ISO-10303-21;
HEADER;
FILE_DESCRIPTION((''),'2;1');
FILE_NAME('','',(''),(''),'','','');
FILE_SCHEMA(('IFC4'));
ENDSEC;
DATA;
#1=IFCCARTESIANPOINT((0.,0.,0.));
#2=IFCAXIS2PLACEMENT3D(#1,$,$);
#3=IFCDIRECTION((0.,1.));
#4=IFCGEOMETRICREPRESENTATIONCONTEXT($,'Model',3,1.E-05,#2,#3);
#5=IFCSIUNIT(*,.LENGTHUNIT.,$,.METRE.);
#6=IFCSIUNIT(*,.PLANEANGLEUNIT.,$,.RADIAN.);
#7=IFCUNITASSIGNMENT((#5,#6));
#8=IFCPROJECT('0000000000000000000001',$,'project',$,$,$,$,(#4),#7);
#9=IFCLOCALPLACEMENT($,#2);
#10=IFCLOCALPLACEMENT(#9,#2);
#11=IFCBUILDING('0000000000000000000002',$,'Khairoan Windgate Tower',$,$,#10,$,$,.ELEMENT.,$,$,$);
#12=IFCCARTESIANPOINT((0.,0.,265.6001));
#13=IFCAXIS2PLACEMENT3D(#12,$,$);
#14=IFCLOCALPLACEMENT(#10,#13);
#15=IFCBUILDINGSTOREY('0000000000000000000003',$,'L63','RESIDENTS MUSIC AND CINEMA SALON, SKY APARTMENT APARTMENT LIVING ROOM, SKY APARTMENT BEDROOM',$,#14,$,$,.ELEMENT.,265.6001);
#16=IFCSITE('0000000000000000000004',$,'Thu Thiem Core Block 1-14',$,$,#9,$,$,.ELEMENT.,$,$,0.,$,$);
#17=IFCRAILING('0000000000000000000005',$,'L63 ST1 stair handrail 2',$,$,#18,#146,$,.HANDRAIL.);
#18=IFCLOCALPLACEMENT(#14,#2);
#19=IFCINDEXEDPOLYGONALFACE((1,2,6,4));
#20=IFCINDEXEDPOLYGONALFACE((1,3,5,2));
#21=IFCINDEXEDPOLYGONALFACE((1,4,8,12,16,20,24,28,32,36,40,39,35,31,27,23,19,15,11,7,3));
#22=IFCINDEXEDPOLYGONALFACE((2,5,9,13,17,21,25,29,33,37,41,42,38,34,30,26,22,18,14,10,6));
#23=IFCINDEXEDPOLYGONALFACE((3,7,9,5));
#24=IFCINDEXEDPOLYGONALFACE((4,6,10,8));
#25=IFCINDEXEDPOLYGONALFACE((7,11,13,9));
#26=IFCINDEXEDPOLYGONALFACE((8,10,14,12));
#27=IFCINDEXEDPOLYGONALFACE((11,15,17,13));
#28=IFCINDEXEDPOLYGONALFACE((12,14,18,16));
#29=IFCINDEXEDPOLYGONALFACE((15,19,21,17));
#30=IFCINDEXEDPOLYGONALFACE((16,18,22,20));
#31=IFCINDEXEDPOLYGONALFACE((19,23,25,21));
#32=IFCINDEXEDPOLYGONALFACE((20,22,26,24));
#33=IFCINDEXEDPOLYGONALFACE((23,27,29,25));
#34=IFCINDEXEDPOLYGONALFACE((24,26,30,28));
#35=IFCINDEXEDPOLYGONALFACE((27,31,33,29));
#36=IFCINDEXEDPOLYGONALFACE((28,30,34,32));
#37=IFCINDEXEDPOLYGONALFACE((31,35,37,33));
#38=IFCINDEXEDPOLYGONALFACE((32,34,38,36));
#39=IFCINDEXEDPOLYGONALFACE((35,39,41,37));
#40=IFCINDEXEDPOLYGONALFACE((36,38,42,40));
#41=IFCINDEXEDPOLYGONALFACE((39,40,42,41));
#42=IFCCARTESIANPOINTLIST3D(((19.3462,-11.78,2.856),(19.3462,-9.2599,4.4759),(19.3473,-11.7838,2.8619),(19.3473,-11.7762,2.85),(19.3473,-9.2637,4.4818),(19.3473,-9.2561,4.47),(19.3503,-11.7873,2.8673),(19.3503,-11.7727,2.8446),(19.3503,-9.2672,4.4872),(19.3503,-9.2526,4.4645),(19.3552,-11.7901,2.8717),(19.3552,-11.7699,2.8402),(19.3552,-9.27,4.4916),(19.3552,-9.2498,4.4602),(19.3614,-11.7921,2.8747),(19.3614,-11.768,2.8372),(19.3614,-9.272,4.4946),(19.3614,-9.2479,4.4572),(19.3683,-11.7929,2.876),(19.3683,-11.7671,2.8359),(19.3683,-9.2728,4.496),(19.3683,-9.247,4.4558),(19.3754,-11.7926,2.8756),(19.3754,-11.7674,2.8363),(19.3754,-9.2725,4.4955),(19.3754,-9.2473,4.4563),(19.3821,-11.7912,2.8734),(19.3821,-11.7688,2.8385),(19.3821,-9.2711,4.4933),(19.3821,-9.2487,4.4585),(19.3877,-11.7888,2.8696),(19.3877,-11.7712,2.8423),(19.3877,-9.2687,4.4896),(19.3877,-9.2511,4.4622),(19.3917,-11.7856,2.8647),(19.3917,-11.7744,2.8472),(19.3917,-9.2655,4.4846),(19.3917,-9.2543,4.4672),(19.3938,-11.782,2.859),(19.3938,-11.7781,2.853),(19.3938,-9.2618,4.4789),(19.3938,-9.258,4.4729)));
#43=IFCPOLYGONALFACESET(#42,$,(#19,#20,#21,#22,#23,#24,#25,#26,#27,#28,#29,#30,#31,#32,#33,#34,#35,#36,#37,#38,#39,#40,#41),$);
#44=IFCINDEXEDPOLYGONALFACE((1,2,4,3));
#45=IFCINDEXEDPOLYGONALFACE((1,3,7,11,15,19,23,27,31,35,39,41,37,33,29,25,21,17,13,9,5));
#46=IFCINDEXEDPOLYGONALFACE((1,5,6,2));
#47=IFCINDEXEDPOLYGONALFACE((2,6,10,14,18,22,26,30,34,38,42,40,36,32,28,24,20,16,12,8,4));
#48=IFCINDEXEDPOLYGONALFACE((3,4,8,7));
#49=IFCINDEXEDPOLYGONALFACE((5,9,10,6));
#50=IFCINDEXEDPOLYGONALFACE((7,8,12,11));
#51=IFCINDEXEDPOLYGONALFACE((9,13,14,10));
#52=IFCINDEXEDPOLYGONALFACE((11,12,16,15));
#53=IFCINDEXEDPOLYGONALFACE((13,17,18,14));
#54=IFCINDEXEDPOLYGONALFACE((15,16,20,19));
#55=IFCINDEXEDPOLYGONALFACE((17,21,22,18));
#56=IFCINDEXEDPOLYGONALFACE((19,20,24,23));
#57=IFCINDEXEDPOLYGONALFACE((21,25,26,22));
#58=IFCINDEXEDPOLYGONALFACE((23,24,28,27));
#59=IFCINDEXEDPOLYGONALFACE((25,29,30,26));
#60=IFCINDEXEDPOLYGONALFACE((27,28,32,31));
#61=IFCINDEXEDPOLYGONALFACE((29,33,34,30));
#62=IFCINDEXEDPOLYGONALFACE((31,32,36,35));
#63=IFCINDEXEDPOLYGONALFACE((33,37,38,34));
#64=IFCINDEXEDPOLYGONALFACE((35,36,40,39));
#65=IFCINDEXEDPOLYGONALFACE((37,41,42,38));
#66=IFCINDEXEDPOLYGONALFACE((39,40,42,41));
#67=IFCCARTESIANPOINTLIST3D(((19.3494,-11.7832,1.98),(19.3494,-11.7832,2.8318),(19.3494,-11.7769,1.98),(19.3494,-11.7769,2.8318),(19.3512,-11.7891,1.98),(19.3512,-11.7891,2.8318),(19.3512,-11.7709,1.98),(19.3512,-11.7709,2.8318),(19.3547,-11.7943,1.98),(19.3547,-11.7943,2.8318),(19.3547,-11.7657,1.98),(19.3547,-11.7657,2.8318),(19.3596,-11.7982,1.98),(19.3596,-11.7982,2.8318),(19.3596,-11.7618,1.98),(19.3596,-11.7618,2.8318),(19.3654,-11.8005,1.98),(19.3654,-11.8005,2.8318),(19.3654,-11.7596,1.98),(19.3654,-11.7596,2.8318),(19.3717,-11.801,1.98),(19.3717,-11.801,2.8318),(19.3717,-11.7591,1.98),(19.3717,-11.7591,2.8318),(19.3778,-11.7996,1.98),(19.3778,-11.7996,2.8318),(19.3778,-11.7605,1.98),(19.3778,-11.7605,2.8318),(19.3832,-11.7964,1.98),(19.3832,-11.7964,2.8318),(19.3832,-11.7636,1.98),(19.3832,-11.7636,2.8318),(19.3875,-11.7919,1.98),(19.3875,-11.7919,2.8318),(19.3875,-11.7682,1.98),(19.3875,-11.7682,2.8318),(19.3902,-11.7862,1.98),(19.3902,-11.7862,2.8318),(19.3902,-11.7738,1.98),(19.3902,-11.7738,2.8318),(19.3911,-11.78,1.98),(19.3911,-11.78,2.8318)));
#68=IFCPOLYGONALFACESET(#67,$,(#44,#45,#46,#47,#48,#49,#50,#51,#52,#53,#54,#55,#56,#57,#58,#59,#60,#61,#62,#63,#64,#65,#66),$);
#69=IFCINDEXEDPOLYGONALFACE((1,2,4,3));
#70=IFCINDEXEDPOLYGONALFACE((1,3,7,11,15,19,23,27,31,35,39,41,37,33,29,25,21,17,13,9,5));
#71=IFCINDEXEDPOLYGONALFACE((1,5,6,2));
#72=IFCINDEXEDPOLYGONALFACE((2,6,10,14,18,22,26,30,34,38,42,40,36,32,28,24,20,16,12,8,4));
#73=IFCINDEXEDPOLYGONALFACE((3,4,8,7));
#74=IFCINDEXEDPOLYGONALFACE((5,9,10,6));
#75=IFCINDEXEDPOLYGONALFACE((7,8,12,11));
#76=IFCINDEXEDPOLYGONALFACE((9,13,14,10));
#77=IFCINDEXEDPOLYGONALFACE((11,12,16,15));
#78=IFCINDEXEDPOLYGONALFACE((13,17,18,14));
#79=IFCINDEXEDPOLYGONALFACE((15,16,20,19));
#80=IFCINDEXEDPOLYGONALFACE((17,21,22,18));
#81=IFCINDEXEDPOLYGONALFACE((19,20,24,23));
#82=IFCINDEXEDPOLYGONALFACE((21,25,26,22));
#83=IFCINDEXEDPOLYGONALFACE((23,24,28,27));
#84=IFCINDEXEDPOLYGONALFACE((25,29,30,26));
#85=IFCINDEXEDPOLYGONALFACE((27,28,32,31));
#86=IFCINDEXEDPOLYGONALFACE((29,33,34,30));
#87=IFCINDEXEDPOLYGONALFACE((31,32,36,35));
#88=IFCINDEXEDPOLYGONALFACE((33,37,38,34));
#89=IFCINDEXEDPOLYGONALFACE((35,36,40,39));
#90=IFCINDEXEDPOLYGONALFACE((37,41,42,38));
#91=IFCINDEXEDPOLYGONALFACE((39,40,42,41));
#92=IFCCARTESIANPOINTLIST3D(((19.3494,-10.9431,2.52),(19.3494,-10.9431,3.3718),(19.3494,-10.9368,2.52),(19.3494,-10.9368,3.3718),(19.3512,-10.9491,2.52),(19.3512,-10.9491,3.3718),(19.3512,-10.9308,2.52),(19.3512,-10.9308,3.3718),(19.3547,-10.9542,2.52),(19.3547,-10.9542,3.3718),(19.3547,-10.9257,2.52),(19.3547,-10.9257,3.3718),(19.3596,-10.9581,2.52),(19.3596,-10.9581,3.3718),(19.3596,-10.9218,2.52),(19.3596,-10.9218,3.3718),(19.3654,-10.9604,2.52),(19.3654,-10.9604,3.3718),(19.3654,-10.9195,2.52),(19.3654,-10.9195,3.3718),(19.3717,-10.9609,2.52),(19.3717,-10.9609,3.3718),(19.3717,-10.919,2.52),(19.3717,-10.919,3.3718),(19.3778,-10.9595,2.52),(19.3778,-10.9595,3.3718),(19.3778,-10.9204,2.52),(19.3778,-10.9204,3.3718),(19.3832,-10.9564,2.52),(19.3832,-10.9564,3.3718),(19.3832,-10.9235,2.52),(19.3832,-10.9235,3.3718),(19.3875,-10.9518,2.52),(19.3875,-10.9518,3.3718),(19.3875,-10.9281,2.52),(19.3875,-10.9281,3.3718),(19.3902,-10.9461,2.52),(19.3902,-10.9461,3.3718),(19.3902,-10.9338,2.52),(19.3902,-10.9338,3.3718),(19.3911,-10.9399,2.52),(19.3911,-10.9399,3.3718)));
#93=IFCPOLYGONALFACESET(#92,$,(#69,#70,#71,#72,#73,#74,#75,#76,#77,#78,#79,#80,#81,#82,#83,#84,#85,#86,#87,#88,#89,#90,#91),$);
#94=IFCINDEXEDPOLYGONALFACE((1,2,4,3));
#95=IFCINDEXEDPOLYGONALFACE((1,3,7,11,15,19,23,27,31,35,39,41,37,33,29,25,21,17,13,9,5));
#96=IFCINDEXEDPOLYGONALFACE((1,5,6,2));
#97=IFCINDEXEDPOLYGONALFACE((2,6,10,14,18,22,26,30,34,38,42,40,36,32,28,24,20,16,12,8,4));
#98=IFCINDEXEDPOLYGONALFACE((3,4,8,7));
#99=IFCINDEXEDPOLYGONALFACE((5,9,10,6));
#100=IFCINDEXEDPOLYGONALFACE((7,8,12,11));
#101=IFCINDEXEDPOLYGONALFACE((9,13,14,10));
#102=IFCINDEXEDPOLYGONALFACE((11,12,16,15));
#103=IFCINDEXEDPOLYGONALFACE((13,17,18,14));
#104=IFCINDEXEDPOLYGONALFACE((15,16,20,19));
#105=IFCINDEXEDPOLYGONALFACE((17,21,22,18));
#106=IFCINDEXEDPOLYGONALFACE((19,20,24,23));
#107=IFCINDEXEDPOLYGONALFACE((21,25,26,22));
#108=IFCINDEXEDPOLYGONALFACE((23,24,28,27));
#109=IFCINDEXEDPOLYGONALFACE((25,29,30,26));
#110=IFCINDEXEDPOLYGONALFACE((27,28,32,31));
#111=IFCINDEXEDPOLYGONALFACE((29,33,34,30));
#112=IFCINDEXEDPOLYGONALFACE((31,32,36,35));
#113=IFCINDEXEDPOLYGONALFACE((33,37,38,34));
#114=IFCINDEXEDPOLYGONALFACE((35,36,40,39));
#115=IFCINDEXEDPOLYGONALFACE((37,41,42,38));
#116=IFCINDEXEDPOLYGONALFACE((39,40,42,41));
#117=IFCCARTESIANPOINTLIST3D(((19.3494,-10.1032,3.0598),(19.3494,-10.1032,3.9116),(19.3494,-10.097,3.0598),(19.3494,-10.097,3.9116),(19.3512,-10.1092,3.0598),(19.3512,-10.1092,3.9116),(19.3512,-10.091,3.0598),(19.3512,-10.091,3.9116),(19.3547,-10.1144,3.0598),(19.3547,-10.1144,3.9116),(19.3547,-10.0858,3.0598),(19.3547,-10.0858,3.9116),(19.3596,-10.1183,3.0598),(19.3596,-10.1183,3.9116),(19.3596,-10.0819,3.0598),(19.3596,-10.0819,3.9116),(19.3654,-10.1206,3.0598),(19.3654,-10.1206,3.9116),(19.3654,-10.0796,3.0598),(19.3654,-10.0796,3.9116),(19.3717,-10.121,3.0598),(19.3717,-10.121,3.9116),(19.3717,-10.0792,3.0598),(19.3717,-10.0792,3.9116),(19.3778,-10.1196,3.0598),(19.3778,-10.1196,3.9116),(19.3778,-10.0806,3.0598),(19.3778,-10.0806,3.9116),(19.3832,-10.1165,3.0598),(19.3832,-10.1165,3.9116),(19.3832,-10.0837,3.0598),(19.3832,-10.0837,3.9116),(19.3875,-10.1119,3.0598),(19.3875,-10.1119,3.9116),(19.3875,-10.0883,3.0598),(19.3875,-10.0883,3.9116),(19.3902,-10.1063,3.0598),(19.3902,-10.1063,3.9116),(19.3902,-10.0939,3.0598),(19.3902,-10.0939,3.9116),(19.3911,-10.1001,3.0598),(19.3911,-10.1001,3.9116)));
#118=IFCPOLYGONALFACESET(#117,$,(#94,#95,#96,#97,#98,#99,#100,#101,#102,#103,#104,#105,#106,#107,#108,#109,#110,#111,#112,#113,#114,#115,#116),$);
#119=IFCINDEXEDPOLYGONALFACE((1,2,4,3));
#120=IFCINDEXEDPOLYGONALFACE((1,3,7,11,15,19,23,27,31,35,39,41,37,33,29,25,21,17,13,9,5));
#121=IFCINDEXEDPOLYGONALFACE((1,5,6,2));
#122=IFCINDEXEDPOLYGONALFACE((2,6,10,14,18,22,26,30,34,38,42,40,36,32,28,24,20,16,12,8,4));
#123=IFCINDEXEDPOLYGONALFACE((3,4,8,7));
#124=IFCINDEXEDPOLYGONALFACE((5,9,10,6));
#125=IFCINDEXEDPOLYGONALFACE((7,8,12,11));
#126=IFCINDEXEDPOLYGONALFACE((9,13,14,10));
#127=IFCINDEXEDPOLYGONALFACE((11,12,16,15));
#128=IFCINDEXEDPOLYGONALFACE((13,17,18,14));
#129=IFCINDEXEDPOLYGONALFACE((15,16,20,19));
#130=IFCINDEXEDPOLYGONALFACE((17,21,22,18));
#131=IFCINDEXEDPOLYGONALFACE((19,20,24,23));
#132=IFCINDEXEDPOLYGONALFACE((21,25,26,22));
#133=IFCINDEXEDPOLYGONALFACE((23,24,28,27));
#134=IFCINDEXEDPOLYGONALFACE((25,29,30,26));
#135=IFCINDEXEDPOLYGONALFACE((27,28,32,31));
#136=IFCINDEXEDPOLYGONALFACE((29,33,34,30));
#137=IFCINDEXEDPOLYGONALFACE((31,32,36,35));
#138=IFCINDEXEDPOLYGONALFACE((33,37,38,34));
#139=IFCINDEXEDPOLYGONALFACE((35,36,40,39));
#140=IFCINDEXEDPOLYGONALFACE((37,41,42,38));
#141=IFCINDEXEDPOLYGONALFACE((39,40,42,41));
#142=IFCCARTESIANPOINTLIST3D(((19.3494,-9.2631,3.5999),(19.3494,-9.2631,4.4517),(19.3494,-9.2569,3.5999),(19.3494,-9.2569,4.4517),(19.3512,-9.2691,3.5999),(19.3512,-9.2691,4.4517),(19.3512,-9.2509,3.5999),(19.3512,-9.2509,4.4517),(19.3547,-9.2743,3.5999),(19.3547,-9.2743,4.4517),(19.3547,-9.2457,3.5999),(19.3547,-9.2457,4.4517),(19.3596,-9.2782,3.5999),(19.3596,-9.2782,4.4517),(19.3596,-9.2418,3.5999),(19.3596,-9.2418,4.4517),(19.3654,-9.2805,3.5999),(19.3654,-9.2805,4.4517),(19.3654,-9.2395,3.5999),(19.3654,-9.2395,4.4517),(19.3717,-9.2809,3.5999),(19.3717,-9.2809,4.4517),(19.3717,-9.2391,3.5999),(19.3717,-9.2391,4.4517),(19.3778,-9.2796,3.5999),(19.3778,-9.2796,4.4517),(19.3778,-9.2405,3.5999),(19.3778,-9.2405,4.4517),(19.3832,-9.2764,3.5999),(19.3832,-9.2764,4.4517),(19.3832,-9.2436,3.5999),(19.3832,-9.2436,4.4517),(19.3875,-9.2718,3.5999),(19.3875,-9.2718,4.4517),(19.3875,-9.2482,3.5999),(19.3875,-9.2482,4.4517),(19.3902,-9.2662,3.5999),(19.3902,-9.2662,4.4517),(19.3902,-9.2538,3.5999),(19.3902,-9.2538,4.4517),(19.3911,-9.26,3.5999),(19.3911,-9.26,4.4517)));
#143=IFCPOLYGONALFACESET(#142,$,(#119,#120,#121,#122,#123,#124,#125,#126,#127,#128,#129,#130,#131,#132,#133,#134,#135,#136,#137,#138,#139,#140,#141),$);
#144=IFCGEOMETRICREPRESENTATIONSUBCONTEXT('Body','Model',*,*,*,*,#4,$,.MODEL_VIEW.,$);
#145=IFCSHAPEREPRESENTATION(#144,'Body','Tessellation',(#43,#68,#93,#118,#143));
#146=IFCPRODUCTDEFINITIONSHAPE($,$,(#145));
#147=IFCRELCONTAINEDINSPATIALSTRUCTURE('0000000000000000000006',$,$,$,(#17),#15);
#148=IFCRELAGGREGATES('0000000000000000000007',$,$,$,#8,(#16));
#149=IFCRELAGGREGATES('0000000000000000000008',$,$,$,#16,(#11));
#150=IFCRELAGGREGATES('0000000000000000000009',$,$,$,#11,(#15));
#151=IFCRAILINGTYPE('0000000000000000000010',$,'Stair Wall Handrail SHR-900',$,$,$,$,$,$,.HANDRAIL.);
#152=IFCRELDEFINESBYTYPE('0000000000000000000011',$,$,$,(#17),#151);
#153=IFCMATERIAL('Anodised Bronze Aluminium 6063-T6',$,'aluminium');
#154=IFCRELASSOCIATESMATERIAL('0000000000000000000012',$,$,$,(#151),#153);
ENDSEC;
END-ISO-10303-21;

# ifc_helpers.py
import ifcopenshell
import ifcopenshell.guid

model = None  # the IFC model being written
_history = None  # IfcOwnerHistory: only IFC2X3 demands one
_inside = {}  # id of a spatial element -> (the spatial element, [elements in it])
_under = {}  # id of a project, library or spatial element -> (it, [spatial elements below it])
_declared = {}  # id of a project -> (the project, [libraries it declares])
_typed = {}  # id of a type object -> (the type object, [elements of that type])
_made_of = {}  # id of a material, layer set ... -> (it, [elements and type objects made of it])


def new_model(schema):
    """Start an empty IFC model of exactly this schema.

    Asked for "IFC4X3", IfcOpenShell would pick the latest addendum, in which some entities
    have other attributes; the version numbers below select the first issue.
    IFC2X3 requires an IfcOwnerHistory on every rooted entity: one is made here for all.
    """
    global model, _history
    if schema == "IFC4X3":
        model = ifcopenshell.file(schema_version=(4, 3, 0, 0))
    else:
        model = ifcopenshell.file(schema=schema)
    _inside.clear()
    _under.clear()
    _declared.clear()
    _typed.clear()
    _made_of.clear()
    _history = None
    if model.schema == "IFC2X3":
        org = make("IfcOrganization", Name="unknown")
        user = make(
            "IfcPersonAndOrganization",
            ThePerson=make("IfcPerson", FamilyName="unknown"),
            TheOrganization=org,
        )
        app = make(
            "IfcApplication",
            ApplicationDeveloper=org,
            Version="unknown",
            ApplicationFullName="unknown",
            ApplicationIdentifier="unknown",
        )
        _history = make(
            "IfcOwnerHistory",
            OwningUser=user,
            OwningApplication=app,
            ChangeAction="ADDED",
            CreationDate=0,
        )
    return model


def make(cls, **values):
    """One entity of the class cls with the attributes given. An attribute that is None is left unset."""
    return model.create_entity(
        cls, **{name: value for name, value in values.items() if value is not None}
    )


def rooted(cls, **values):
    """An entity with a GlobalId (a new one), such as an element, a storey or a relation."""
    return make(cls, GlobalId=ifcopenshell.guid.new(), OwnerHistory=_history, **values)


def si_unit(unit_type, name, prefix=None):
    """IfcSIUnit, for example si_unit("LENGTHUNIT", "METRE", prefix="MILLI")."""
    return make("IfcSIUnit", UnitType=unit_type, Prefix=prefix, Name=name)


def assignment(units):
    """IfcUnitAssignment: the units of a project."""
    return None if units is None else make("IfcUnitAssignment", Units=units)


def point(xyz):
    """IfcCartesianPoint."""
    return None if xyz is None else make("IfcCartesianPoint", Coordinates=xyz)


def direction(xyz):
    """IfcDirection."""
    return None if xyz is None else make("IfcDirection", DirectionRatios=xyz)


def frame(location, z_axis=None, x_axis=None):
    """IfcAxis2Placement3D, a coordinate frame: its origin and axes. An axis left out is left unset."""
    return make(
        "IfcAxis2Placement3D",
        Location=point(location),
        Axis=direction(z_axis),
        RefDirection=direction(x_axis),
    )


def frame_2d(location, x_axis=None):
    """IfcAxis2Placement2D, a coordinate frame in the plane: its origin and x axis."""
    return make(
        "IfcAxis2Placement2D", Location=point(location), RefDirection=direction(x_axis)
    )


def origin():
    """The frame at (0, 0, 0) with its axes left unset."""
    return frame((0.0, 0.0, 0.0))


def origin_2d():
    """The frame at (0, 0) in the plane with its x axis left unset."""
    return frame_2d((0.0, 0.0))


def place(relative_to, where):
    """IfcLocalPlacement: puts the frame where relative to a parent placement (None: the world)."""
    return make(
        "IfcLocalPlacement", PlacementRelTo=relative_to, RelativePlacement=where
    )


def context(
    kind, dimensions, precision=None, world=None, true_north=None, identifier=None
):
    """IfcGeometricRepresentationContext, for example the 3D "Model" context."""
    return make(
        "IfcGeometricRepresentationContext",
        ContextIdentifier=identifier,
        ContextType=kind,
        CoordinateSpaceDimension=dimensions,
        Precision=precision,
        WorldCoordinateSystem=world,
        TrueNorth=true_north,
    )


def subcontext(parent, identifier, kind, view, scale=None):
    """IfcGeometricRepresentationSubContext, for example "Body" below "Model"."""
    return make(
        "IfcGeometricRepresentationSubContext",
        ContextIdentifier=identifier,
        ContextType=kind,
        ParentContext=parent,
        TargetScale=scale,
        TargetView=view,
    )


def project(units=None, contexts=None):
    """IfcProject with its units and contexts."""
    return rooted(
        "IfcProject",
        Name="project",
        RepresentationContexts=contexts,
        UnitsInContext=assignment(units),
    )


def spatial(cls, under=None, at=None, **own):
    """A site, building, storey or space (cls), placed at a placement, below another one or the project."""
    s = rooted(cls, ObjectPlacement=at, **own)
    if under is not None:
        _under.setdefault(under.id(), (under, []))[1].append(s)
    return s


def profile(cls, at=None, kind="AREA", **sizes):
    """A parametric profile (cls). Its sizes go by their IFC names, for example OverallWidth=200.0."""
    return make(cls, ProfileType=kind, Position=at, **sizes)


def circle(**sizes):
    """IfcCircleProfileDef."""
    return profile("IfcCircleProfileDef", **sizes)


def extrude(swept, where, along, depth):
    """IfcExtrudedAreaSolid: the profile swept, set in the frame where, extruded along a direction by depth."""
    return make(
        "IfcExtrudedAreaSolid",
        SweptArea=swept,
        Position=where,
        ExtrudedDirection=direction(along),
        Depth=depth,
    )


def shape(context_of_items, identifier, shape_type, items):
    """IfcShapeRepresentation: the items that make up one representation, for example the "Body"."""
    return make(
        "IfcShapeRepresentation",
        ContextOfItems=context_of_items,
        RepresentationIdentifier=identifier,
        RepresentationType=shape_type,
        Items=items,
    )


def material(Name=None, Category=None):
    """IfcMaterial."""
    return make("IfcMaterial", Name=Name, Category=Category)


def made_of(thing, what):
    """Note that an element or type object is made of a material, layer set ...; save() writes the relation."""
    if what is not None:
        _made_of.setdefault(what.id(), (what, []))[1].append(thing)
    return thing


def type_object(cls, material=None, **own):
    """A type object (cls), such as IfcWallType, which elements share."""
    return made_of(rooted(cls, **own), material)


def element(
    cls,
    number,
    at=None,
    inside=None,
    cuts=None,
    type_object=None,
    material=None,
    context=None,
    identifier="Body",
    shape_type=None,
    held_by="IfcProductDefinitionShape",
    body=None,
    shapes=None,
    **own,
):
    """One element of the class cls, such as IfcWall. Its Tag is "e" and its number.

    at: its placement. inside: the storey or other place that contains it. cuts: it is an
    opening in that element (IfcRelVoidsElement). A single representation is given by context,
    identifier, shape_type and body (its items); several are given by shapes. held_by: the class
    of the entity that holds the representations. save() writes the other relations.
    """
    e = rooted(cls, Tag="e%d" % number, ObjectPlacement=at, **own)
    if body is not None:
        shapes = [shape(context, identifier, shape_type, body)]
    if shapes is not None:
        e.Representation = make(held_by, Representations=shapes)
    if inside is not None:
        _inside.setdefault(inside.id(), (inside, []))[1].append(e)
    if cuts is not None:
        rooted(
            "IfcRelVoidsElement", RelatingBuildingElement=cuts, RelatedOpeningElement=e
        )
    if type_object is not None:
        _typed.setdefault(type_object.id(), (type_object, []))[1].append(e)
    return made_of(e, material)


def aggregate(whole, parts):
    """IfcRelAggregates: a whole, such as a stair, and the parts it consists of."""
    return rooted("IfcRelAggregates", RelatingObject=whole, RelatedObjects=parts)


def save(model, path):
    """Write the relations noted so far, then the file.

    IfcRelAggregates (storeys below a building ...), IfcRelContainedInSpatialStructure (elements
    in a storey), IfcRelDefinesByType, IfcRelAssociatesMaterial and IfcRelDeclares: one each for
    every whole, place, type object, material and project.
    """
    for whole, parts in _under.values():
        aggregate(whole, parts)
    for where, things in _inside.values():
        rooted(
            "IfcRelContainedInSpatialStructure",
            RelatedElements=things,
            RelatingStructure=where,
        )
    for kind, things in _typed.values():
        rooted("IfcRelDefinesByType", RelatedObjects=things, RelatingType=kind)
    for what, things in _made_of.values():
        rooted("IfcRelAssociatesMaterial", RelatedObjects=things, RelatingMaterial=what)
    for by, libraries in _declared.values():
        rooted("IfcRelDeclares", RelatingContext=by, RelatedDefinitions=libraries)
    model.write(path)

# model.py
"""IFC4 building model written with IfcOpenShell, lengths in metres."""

from ifc_helpers import new_model, si_unit, direction, frame, origin, origin_2d, place, context, subcontext, project, spatial, circle, extrude, material, type_object, element, save


model = new_model("IFC4")

# Units and contexts
model_context = context("Model", 3, precision=1e-05, world=origin(), true_north=direction((0.0, 1.0)))
body_context = subcontext(model_context, "Body", "Model", "MODEL_VIEW")
ifc_project = project(units=[si_unit("LENGTHUNIT", "METRE"), si_unit("PLANEANGLEUNIT", "RADIAN")], contexts=[model_context])

# Site, building, storey
site_placement = place(None, origin())
site = spatial("IfcSite", under=ifc_project, at=site_placement, Name="Thu Thiem Core Block 1-14", CompositionType="ELEMENT", RefElevation=0.0)
building_placement = place(site_placement, origin())
building = spatial("IfcBuilding", under=site, at=building_placement, Name="Khairoan Windgate Tower", CompositionType="ELEMENT")
storey_placement = place(building_placement, frame((0.0, 0.0, 265.6001)))
storey = spatial("IfcBuildingStorey", under=building, at=storey_placement, Name="L63", Description="RESIDENTS MUSIC AND CINEMA SALON, SKY APARTMENT APARTMENT LIVING ROOM, SKY APARTMENT BEDROOM", CompositionType="ELEMENT", Elevation=265.6001)

# Railing
ifc_material_1 = material(Name="Anodised Bronze Aluminium 6063-T6", Category="aluminium")
railing_type_1 = type_object("IfcRailingType", Name="Stair Wall Handrail SHR-900", PredefinedType="HANDRAIL", material=ifc_material_1)
railing_1_placement = place(storey_placement, frame((19.3701, -11.78, 1.98)))
element("IfcRailing", 1, at=railing_1_placement, inside=storey, type_object=railing_type_1, Name="L63 ST1 stair handrail 2", PredefinedType="HANDRAIL", context=body_context, shape_type="SweptSolid", body=[
    extrude(circle(Radius=0.0239, at=origin_2d()), frame((0.0, 0.0, 0.876), z_axis=(0.0, 0.8412, 0.540725), x_axis=(-1.0, 0.0, 0.0)), (0.0, 0.0, 1.0), 2.9958),
    extrude(circle(Radius=0.021, at=origin_2d()), origin(), (0.0, 0.0, 1.0), 0.8518),
    extrude(circle(Radius=0.021, at=origin_2d()), frame((0.0, 0.8401, 0.54)), (0.0, 0.0, 1.0), 0.8518),
    extrude(circle(Radius=0.021, at=origin_2d()), frame((0.0, 1.6799, 1.0798)), (0.0, 0.0, 1.0), 0.8518),
    extrude(circle(Radius=0.021, at=origin_2d()), frame((0.0, 2.52, 1.6199)), (0.0, 0.0, 1.0), 0.8518),
])

save(model, "model.ifc")
